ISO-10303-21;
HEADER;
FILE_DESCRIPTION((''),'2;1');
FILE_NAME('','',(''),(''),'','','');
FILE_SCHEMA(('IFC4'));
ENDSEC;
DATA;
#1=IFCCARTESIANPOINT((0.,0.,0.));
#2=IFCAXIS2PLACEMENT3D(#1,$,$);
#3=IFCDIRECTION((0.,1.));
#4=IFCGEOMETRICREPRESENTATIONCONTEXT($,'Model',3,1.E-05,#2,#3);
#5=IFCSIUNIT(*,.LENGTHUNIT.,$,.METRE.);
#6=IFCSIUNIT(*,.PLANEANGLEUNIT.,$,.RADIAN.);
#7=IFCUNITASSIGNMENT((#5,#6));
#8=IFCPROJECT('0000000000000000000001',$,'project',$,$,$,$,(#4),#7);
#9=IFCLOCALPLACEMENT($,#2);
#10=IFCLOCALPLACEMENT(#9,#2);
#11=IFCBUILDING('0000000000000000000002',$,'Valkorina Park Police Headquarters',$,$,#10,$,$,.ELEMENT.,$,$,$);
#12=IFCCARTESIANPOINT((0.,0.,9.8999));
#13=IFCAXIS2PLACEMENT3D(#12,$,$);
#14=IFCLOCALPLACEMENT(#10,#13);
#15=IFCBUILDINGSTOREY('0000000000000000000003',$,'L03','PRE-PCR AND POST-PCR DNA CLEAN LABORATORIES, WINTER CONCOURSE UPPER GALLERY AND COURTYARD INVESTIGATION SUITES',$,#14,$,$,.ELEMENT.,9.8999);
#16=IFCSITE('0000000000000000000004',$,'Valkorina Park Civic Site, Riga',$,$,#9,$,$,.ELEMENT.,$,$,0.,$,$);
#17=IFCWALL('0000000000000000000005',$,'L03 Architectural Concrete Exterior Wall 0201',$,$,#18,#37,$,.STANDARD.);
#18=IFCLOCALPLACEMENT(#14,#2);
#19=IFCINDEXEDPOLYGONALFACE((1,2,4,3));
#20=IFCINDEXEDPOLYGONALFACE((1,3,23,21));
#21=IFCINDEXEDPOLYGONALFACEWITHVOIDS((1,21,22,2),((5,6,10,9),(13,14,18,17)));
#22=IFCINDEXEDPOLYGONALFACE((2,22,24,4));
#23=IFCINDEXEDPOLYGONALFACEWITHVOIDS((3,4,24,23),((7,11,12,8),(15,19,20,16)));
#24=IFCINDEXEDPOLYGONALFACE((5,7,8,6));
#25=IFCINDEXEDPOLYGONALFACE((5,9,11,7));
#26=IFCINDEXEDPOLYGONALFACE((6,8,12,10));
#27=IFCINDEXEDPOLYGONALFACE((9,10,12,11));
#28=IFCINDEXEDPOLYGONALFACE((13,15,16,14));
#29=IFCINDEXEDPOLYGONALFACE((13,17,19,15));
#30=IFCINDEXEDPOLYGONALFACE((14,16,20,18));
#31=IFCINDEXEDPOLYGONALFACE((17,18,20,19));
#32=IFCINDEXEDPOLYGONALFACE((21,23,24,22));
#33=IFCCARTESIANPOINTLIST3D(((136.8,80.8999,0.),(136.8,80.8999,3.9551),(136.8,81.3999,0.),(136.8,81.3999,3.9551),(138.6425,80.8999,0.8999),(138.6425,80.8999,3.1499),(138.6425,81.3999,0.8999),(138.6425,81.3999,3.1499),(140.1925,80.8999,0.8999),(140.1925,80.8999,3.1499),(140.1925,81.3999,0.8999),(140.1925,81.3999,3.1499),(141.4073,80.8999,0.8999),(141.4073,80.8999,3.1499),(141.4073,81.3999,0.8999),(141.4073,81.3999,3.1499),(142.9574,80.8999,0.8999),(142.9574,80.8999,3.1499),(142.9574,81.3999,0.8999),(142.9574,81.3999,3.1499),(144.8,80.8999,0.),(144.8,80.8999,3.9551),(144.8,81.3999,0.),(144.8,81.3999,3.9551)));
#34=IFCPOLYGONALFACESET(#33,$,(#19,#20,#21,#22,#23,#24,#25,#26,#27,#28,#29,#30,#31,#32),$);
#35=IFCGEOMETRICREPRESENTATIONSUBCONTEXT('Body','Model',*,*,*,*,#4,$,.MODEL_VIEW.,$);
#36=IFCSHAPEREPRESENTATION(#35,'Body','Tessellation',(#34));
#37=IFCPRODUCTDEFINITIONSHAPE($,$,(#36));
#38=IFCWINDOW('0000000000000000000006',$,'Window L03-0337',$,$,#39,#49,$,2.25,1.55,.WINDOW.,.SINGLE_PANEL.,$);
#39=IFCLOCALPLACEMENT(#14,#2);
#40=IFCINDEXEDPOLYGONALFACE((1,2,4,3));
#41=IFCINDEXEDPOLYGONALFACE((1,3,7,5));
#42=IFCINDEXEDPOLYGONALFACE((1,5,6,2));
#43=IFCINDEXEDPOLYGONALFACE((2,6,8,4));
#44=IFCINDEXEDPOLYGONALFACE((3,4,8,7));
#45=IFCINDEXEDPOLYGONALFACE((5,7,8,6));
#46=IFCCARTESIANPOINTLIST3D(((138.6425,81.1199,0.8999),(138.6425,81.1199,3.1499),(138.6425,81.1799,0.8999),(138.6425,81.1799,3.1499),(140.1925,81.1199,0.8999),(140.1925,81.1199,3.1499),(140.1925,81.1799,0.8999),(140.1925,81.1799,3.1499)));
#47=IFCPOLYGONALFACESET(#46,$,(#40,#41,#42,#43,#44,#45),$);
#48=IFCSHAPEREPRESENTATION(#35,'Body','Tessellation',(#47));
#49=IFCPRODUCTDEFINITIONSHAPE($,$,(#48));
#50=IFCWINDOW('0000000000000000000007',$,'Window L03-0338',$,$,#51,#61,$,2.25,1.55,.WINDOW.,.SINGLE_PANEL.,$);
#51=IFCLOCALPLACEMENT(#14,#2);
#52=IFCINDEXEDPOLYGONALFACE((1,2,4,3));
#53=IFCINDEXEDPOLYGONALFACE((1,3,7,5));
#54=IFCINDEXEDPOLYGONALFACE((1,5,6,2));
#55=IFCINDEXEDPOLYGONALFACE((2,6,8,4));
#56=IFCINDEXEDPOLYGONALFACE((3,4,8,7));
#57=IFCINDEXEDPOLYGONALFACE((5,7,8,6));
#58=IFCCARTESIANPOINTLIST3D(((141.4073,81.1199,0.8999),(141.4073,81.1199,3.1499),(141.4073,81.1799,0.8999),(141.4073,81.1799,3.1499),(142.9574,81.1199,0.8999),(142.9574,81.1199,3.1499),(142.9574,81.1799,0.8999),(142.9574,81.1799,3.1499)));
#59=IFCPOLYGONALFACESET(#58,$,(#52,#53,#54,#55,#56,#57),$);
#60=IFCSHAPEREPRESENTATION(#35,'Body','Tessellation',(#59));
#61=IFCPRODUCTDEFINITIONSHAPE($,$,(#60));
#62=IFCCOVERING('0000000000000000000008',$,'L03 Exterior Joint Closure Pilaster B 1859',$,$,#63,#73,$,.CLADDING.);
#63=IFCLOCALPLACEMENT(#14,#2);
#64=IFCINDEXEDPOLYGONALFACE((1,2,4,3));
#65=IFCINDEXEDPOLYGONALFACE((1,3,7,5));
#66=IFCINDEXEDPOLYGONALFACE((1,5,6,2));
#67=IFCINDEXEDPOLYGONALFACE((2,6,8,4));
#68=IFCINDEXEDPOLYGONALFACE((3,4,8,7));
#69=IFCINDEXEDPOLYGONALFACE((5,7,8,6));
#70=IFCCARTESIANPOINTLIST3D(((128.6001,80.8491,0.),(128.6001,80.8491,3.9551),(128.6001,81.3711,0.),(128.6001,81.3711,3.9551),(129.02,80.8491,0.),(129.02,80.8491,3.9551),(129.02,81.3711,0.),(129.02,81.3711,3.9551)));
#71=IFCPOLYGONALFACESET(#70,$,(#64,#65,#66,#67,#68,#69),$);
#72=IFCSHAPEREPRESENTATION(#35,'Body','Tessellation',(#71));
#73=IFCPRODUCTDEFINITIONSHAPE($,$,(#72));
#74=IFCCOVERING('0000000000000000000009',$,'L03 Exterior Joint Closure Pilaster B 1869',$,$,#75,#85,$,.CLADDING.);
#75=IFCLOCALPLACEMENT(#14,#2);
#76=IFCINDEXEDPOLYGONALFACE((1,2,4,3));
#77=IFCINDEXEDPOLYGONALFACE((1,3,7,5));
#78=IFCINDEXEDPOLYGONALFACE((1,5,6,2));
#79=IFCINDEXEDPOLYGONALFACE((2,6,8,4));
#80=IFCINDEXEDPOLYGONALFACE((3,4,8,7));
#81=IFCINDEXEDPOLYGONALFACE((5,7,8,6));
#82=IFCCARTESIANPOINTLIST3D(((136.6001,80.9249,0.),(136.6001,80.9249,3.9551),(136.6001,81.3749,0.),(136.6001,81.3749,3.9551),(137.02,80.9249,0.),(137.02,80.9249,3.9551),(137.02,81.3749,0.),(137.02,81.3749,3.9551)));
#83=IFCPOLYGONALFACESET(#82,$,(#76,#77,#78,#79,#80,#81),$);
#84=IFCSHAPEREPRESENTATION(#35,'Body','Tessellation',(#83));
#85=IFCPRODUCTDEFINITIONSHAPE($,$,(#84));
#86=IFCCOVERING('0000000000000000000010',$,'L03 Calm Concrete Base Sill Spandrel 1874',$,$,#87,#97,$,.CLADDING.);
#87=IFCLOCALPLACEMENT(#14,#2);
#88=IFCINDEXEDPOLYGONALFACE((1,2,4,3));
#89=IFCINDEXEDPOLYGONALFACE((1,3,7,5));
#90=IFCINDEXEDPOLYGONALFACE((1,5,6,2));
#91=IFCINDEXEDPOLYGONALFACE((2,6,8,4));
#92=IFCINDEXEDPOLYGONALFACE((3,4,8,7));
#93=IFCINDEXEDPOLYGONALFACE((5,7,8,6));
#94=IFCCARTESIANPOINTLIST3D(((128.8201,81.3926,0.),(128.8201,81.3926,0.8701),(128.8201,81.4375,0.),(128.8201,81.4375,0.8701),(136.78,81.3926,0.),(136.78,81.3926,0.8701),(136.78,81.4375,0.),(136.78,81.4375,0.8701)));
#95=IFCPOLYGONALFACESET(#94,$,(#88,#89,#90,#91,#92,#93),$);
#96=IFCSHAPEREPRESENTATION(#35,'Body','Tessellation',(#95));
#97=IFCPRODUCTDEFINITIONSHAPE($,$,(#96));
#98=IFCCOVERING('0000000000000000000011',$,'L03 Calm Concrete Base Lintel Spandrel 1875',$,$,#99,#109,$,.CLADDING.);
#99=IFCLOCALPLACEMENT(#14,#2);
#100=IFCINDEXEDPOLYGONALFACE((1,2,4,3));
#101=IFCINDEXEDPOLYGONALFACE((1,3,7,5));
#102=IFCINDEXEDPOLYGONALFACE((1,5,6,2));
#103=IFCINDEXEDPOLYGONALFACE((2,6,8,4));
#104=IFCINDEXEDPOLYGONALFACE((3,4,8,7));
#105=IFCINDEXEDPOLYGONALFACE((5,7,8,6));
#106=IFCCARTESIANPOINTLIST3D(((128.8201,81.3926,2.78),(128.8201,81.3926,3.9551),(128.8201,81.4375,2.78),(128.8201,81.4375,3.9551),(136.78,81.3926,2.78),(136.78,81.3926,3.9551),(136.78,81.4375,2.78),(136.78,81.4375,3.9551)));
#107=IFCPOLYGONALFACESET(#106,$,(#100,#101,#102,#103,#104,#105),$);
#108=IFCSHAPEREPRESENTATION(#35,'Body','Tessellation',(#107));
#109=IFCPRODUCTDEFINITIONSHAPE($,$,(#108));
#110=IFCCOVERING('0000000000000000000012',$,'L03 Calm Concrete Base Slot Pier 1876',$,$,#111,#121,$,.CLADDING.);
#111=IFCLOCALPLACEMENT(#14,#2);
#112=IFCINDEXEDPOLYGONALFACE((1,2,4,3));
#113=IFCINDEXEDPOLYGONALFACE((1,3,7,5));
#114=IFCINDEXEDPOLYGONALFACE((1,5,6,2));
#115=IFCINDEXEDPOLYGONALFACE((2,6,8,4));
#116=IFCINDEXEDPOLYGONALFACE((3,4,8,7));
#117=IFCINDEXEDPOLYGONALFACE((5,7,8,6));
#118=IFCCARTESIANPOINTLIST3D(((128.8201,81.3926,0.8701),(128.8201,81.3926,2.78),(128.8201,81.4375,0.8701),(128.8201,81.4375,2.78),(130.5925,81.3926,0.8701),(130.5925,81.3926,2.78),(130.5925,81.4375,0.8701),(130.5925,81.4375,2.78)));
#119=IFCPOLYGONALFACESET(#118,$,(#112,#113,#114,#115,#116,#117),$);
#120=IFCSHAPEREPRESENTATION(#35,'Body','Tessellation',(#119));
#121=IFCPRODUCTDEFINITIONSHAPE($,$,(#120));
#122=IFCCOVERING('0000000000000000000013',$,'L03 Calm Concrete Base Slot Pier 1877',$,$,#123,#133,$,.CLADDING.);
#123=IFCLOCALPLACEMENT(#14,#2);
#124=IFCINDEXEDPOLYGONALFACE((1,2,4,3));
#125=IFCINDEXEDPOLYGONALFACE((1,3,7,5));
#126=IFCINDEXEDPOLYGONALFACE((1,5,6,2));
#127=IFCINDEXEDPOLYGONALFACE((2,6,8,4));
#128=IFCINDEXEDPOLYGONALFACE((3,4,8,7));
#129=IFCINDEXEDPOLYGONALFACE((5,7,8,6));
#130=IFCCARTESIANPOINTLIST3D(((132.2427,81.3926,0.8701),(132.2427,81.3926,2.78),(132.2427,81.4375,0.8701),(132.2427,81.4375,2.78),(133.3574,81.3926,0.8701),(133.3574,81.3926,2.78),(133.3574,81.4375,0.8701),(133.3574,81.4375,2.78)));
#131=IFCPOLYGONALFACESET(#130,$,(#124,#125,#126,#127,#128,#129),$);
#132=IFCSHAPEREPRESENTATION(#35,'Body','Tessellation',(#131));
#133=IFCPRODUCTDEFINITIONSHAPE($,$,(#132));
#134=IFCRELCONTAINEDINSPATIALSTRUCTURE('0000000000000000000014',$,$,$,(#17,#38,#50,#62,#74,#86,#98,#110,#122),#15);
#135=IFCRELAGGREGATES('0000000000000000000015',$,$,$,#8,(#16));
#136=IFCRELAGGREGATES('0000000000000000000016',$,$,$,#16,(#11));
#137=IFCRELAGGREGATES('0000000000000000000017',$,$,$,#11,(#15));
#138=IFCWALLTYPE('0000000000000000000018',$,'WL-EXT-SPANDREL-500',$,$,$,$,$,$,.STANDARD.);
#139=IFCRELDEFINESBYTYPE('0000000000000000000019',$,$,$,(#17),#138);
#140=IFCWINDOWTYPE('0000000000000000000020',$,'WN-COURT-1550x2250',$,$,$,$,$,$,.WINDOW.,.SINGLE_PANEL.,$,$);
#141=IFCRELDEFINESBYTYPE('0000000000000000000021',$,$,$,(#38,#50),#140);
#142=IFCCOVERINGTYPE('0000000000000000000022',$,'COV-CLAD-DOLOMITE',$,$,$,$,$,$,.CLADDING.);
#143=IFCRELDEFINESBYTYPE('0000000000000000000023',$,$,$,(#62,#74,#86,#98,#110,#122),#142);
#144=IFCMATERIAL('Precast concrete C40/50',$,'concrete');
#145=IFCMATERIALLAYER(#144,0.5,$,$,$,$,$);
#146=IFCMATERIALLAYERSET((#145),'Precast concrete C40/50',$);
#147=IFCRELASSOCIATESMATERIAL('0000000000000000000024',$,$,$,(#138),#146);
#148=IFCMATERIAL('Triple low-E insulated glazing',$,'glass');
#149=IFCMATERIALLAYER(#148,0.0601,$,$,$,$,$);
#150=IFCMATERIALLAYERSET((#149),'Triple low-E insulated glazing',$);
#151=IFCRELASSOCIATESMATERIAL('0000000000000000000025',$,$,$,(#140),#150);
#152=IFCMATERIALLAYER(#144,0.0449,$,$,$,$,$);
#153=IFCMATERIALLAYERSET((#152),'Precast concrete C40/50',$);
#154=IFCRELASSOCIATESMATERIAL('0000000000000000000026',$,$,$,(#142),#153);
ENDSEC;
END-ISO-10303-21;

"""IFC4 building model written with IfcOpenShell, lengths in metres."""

from ifc_helpers import new_model, si_unit, direction, frame, frame_2d, origin, origin_2d, place, context, subcontext, project, spatial, rectangle, extrude, material, layer, layer_set, type_object, element, fill, save


model = new_model("IFC4")

# Units and contexts
model_context = context("Model", 3, precision=1e-05, world=origin(), true_north=direction((0.0, 1.0)))
body_context = subcontext(model_context, "Body", "Model", "MODEL_VIEW")
ifc_project = project(units=[si_unit("LENGTHUNIT", "METRE"), si_unit("PLANEANGLEUNIT", "RADIAN")], contexts=[model_context])

# Site, building, storey
site_placement = place(None, origin())
site = spatial("IfcSite", under=ifc_project, at=site_placement, Name="Valkorina Park Civic Site, Riga", CompositionType="ELEMENT", RefElevation=0.0)
building_placement = place(site_placement, origin())
building = spatial("IfcBuilding", under=site, at=building_placement, Name="Valkorina Park Police Headquarters", CompositionType="ELEMENT")
storey_placement = place(building_placement, frame((0.0, 0.0, 9.8999)))
storey = spatial("IfcBuildingStorey", under=building, at=storey_placement, Name="L03", Description="PRE-PCR AND POST-PCR DNA CLEAN LABORATORIES, WINTER CONCOURSE UPPER GALLERY AND COURTYARD INVESTIGATION SUITES", CompositionType="ELEMENT", Elevation=9.8999)

# Wall, openings, windows
ifc_material_1 = material(Name="Precast concrete C40/50", Category="concrete")
ifc_layer_1 = layer(ifc_material_1, 0.5)
ifc_layer_set_1 = layer_set([ifc_layer_1], Name="Precast concrete C40/50")
wall_type = type_object("IfcWallType", Name="WL-EXT-SPANDREL-500", PredefinedType="STANDARD", material=ifc_layer_set_1)
wall_placement = place(storey_placement, frame((136.8, 81.1499, 0.0), z_axis=(0.0, 0.0, 1.0), x_axis=(1.0, 0.0, 0.0)))
wall = element("IfcWall", 1, at=wall_placement, inside=storey, type_object=wall_type, Name="L03 Architectural Concrete Exterior Wall 0201", PredefinedType="STANDARD", context=body_context, shape_type="SweptSolid", body=[
    extrude(rectangle(XDim=8.0, YDim=0.5, at=frame_2d((4.0, 0.0))), origin(), (0.0, 0.0, 1.0), 3.9551),
])
opening_1_placement = place(wall_placement, frame((1.8425, 0.0, 0.8999)))
opening_1 = element("IfcOpeningElement", 2, at=opening_1_placement, cuts=wall, PredefinedType="OPENING", context=body_context, shape_type="SweptSolid", body=[
    extrude(rectangle(XDim=1.55, YDim=2.25, at=frame_2d((0.7749, 1.125))), frame((0.0, 0.26, 0.0), z_axis=(0.0, -1.0, 0.0), x_axis=(1.0, 0.0, 0.0)), (0.0, 0.0, 1.0), 0.52),
])
opening_2_placement = place(wall_placement, frame((4.6074, 0.0, 0.8999)))
opening_2 = element("IfcOpeningElement", 3, at=opening_2_placement, cuts=wall, PredefinedType="OPENING", context=body_context, shape_type="SweptSolid", body=[
    extrude(rectangle(XDim=1.55, YDim=2.25, at=frame_2d((0.7749, 1.125))), frame((0.0, 0.26, 0.0), z_axis=(0.0, -1.0, 0.0), x_axis=(1.0, 0.0, 0.0)), (0.0, 0.0, 1.0), 0.52),
])
ifc_material_2 = material(Name="Triple low-E insulated glazing", Category="glass")
ifc_layer_2 = layer(ifc_material_2, 0.0601)
ifc_layer_set_2 = layer_set([ifc_layer_2], Name="Triple low-E insulated glazing")
window_type = type_object("IfcWindowType", Name="WN-COURT-1550x2250", PartitioningType="SINGLE_PANEL", PredefinedType="WINDOW", material=ifc_layer_set_2)
window_1_placement = place(opening_1_placement, origin())
window_1 = element("IfcWindow", 4, at=window_1_placement, inside=storey, type_object=window_type, Name="Window L03-0337", OverallHeight=2.25, OverallWidth=1.55, PartitioningType="SINGLE_PANEL", PredefinedType="WINDOW", context=body_context, shape_type="SweptSolid", body=[
    extrude(rectangle(XDim=1.55, YDim=2.25, at=frame_2d((0.7749, 1.125))), frame((0.0, 0.03, 0.0), z_axis=(0.0, -1.0, 0.0), x_axis=(1.0, 0.0, 0.0)), (0.0, 0.0, 1.0), 0.0601),
])
fill(opening_1, window_1)
window_2_placement = place(opening_2_placement, origin())
window_2 = element("IfcWindow", 5, at=window_2_placement, inside=storey, type_object=window_type, Name="Window L03-0338", OverallHeight=2.25, OverallWidth=1.55, PartitioningType="SINGLE_PANEL", PredefinedType="WINDOW", context=body_context, shape_type="SweptSolid", body=[
    extrude(rectangle(XDim=1.55, YDim=2.25, at=frame_2d((0.7749, 1.125))), frame((0.0, 0.03, 0.0), z_axis=(0.0, -1.0, 0.0), x_axis=(1.0, 0.0, 0.0)), (0.0, 0.0, 1.0), 0.0601),
])
fill(opening_2, window_2)

# Coverings
ifc_layer_3 = layer(ifc_material_1, 0.0449)
ifc_layer_set_3 = layer_set([ifc_layer_3], Name="Precast concrete C40/50")
covering_type = type_object("IfcCoveringType", Name="COV-CLAD-DOLOMITE", PredefinedType="CLADDING", material=ifc_layer_set_3)
covering_1_placement = place(storey_placement, frame((128.8101, 81.1101, 0.0), z_axis=(0.0, 0.0, 1.0), x_axis=(1.0, 0.0, 0.0)))
element("IfcCovering", 6, at=covering_1_placement, inside=storey, type_object=covering_type, Name="L03 Exterior Joint Closure Pilaster B 1859", PredefinedType="CLADDING", context=body_context, shape_type="SweptSolid", body=[
    extrude(rectangle(XDim=0.4199, YDim=0.522, at=origin_2d()), origin(), (0.0, 0.0, 1.0), 3.9551),
])
covering_2_placement = place(storey_placement, frame((136.8101, 81.1499, 0.0), z_axis=(0.0, 0.0, 1.0), x_axis=(1.0, 0.0, 0.0)))
element("IfcCovering", 7, at=covering_2_placement, inside=storey, type_object=covering_type, Name="L03 Exterior Joint Closure Pilaster B 1869", PredefinedType="CLADDING", context=body_context, shape_type="SweptSolid", body=[
    extrude(rectangle(XDim=0.4199, YDim=0.45, at=origin_2d()), origin(), (0.0, 0.0, 1.0), 3.9551),
])
covering_3_placement = place(storey_placement, frame((128.8201, 81.415, 0.0), z_axis=(0.0, 0.0, 1.0), x_axis=(1.0, 0.0, 0.0)))
element("IfcCovering", 8, at=covering_3_placement, inside=storey, type_object=covering_type, Name="L03 Calm Concrete Base Sill Spandrel 1874", PredefinedType="CLADDING", context=body_context, shape_type="SweptSolid", body=[
    extrude(rectangle(XDim=7.96, YDim=0.0449, at=frame_2d((3.98, 0.0))), origin(), (0.0, 0.0, 1.0), 0.8701),
])
covering_4_placement = place(storey_placement, frame((128.8201, 81.415, 2.78), z_axis=(0.0, 0.0, 1.0), x_axis=(1.0, 0.0, 0.0)))
element("IfcCovering", 9, at=covering_4_placement, inside=storey, type_object=covering_type, Name="L03 Calm Concrete Base Lintel Spandrel 1875", PredefinedType="CLADDING", context=body_context, shape_type="SweptSolid", body=[
    extrude(rectangle(XDim=7.96, YDim=0.0449, at=frame_2d((3.98, 0.0))), origin(), (0.0, 0.0, 1.0), 1.175),
])
covering_5_placement = place(storey_placement, frame((128.8201, 81.415, 0.8701), z_axis=(0.0, 0.0, 1.0), x_axis=(1.0, 0.0, 0.0)))
element("IfcCovering", 10, at=covering_5_placement, inside=storey, type_object=covering_type, Name="L03 Calm Concrete Base Slot Pier 1876", PredefinedType="CLADDING", context=body_context, shape_type="SweptSolid", body=[
    extrude(rectangle(XDim=1.7725, YDim=0.0449, at=frame_2d((0.8862, 0.0))), origin(), (0.0, 0.0, 1.0), 1.9099),
])
covering_6_placement = place(storey_placement, frame((132.2427, 81.415, 0.8701), z_axis=(0.0, 0.0, 1.0), x_axis=(1.0, 0.0, 0.0)))
element("IfcCovering", 11, at=covering_6_placement, inside=storey, type_object=covering_type, Name="L03 Calm Concrete Base Slot Pier 1877", PredefinedType="CLADDING", context=body_context, shape_type="SweptSolid", body=[
    extrude(rectangle(XDim=1.1147, YDim=0.0449, at=frame_2d((0.5574, 0.0))), origin(), (0.0, 0.0, 1.0), 1.9099),
])

save(model, "model.ifc")
